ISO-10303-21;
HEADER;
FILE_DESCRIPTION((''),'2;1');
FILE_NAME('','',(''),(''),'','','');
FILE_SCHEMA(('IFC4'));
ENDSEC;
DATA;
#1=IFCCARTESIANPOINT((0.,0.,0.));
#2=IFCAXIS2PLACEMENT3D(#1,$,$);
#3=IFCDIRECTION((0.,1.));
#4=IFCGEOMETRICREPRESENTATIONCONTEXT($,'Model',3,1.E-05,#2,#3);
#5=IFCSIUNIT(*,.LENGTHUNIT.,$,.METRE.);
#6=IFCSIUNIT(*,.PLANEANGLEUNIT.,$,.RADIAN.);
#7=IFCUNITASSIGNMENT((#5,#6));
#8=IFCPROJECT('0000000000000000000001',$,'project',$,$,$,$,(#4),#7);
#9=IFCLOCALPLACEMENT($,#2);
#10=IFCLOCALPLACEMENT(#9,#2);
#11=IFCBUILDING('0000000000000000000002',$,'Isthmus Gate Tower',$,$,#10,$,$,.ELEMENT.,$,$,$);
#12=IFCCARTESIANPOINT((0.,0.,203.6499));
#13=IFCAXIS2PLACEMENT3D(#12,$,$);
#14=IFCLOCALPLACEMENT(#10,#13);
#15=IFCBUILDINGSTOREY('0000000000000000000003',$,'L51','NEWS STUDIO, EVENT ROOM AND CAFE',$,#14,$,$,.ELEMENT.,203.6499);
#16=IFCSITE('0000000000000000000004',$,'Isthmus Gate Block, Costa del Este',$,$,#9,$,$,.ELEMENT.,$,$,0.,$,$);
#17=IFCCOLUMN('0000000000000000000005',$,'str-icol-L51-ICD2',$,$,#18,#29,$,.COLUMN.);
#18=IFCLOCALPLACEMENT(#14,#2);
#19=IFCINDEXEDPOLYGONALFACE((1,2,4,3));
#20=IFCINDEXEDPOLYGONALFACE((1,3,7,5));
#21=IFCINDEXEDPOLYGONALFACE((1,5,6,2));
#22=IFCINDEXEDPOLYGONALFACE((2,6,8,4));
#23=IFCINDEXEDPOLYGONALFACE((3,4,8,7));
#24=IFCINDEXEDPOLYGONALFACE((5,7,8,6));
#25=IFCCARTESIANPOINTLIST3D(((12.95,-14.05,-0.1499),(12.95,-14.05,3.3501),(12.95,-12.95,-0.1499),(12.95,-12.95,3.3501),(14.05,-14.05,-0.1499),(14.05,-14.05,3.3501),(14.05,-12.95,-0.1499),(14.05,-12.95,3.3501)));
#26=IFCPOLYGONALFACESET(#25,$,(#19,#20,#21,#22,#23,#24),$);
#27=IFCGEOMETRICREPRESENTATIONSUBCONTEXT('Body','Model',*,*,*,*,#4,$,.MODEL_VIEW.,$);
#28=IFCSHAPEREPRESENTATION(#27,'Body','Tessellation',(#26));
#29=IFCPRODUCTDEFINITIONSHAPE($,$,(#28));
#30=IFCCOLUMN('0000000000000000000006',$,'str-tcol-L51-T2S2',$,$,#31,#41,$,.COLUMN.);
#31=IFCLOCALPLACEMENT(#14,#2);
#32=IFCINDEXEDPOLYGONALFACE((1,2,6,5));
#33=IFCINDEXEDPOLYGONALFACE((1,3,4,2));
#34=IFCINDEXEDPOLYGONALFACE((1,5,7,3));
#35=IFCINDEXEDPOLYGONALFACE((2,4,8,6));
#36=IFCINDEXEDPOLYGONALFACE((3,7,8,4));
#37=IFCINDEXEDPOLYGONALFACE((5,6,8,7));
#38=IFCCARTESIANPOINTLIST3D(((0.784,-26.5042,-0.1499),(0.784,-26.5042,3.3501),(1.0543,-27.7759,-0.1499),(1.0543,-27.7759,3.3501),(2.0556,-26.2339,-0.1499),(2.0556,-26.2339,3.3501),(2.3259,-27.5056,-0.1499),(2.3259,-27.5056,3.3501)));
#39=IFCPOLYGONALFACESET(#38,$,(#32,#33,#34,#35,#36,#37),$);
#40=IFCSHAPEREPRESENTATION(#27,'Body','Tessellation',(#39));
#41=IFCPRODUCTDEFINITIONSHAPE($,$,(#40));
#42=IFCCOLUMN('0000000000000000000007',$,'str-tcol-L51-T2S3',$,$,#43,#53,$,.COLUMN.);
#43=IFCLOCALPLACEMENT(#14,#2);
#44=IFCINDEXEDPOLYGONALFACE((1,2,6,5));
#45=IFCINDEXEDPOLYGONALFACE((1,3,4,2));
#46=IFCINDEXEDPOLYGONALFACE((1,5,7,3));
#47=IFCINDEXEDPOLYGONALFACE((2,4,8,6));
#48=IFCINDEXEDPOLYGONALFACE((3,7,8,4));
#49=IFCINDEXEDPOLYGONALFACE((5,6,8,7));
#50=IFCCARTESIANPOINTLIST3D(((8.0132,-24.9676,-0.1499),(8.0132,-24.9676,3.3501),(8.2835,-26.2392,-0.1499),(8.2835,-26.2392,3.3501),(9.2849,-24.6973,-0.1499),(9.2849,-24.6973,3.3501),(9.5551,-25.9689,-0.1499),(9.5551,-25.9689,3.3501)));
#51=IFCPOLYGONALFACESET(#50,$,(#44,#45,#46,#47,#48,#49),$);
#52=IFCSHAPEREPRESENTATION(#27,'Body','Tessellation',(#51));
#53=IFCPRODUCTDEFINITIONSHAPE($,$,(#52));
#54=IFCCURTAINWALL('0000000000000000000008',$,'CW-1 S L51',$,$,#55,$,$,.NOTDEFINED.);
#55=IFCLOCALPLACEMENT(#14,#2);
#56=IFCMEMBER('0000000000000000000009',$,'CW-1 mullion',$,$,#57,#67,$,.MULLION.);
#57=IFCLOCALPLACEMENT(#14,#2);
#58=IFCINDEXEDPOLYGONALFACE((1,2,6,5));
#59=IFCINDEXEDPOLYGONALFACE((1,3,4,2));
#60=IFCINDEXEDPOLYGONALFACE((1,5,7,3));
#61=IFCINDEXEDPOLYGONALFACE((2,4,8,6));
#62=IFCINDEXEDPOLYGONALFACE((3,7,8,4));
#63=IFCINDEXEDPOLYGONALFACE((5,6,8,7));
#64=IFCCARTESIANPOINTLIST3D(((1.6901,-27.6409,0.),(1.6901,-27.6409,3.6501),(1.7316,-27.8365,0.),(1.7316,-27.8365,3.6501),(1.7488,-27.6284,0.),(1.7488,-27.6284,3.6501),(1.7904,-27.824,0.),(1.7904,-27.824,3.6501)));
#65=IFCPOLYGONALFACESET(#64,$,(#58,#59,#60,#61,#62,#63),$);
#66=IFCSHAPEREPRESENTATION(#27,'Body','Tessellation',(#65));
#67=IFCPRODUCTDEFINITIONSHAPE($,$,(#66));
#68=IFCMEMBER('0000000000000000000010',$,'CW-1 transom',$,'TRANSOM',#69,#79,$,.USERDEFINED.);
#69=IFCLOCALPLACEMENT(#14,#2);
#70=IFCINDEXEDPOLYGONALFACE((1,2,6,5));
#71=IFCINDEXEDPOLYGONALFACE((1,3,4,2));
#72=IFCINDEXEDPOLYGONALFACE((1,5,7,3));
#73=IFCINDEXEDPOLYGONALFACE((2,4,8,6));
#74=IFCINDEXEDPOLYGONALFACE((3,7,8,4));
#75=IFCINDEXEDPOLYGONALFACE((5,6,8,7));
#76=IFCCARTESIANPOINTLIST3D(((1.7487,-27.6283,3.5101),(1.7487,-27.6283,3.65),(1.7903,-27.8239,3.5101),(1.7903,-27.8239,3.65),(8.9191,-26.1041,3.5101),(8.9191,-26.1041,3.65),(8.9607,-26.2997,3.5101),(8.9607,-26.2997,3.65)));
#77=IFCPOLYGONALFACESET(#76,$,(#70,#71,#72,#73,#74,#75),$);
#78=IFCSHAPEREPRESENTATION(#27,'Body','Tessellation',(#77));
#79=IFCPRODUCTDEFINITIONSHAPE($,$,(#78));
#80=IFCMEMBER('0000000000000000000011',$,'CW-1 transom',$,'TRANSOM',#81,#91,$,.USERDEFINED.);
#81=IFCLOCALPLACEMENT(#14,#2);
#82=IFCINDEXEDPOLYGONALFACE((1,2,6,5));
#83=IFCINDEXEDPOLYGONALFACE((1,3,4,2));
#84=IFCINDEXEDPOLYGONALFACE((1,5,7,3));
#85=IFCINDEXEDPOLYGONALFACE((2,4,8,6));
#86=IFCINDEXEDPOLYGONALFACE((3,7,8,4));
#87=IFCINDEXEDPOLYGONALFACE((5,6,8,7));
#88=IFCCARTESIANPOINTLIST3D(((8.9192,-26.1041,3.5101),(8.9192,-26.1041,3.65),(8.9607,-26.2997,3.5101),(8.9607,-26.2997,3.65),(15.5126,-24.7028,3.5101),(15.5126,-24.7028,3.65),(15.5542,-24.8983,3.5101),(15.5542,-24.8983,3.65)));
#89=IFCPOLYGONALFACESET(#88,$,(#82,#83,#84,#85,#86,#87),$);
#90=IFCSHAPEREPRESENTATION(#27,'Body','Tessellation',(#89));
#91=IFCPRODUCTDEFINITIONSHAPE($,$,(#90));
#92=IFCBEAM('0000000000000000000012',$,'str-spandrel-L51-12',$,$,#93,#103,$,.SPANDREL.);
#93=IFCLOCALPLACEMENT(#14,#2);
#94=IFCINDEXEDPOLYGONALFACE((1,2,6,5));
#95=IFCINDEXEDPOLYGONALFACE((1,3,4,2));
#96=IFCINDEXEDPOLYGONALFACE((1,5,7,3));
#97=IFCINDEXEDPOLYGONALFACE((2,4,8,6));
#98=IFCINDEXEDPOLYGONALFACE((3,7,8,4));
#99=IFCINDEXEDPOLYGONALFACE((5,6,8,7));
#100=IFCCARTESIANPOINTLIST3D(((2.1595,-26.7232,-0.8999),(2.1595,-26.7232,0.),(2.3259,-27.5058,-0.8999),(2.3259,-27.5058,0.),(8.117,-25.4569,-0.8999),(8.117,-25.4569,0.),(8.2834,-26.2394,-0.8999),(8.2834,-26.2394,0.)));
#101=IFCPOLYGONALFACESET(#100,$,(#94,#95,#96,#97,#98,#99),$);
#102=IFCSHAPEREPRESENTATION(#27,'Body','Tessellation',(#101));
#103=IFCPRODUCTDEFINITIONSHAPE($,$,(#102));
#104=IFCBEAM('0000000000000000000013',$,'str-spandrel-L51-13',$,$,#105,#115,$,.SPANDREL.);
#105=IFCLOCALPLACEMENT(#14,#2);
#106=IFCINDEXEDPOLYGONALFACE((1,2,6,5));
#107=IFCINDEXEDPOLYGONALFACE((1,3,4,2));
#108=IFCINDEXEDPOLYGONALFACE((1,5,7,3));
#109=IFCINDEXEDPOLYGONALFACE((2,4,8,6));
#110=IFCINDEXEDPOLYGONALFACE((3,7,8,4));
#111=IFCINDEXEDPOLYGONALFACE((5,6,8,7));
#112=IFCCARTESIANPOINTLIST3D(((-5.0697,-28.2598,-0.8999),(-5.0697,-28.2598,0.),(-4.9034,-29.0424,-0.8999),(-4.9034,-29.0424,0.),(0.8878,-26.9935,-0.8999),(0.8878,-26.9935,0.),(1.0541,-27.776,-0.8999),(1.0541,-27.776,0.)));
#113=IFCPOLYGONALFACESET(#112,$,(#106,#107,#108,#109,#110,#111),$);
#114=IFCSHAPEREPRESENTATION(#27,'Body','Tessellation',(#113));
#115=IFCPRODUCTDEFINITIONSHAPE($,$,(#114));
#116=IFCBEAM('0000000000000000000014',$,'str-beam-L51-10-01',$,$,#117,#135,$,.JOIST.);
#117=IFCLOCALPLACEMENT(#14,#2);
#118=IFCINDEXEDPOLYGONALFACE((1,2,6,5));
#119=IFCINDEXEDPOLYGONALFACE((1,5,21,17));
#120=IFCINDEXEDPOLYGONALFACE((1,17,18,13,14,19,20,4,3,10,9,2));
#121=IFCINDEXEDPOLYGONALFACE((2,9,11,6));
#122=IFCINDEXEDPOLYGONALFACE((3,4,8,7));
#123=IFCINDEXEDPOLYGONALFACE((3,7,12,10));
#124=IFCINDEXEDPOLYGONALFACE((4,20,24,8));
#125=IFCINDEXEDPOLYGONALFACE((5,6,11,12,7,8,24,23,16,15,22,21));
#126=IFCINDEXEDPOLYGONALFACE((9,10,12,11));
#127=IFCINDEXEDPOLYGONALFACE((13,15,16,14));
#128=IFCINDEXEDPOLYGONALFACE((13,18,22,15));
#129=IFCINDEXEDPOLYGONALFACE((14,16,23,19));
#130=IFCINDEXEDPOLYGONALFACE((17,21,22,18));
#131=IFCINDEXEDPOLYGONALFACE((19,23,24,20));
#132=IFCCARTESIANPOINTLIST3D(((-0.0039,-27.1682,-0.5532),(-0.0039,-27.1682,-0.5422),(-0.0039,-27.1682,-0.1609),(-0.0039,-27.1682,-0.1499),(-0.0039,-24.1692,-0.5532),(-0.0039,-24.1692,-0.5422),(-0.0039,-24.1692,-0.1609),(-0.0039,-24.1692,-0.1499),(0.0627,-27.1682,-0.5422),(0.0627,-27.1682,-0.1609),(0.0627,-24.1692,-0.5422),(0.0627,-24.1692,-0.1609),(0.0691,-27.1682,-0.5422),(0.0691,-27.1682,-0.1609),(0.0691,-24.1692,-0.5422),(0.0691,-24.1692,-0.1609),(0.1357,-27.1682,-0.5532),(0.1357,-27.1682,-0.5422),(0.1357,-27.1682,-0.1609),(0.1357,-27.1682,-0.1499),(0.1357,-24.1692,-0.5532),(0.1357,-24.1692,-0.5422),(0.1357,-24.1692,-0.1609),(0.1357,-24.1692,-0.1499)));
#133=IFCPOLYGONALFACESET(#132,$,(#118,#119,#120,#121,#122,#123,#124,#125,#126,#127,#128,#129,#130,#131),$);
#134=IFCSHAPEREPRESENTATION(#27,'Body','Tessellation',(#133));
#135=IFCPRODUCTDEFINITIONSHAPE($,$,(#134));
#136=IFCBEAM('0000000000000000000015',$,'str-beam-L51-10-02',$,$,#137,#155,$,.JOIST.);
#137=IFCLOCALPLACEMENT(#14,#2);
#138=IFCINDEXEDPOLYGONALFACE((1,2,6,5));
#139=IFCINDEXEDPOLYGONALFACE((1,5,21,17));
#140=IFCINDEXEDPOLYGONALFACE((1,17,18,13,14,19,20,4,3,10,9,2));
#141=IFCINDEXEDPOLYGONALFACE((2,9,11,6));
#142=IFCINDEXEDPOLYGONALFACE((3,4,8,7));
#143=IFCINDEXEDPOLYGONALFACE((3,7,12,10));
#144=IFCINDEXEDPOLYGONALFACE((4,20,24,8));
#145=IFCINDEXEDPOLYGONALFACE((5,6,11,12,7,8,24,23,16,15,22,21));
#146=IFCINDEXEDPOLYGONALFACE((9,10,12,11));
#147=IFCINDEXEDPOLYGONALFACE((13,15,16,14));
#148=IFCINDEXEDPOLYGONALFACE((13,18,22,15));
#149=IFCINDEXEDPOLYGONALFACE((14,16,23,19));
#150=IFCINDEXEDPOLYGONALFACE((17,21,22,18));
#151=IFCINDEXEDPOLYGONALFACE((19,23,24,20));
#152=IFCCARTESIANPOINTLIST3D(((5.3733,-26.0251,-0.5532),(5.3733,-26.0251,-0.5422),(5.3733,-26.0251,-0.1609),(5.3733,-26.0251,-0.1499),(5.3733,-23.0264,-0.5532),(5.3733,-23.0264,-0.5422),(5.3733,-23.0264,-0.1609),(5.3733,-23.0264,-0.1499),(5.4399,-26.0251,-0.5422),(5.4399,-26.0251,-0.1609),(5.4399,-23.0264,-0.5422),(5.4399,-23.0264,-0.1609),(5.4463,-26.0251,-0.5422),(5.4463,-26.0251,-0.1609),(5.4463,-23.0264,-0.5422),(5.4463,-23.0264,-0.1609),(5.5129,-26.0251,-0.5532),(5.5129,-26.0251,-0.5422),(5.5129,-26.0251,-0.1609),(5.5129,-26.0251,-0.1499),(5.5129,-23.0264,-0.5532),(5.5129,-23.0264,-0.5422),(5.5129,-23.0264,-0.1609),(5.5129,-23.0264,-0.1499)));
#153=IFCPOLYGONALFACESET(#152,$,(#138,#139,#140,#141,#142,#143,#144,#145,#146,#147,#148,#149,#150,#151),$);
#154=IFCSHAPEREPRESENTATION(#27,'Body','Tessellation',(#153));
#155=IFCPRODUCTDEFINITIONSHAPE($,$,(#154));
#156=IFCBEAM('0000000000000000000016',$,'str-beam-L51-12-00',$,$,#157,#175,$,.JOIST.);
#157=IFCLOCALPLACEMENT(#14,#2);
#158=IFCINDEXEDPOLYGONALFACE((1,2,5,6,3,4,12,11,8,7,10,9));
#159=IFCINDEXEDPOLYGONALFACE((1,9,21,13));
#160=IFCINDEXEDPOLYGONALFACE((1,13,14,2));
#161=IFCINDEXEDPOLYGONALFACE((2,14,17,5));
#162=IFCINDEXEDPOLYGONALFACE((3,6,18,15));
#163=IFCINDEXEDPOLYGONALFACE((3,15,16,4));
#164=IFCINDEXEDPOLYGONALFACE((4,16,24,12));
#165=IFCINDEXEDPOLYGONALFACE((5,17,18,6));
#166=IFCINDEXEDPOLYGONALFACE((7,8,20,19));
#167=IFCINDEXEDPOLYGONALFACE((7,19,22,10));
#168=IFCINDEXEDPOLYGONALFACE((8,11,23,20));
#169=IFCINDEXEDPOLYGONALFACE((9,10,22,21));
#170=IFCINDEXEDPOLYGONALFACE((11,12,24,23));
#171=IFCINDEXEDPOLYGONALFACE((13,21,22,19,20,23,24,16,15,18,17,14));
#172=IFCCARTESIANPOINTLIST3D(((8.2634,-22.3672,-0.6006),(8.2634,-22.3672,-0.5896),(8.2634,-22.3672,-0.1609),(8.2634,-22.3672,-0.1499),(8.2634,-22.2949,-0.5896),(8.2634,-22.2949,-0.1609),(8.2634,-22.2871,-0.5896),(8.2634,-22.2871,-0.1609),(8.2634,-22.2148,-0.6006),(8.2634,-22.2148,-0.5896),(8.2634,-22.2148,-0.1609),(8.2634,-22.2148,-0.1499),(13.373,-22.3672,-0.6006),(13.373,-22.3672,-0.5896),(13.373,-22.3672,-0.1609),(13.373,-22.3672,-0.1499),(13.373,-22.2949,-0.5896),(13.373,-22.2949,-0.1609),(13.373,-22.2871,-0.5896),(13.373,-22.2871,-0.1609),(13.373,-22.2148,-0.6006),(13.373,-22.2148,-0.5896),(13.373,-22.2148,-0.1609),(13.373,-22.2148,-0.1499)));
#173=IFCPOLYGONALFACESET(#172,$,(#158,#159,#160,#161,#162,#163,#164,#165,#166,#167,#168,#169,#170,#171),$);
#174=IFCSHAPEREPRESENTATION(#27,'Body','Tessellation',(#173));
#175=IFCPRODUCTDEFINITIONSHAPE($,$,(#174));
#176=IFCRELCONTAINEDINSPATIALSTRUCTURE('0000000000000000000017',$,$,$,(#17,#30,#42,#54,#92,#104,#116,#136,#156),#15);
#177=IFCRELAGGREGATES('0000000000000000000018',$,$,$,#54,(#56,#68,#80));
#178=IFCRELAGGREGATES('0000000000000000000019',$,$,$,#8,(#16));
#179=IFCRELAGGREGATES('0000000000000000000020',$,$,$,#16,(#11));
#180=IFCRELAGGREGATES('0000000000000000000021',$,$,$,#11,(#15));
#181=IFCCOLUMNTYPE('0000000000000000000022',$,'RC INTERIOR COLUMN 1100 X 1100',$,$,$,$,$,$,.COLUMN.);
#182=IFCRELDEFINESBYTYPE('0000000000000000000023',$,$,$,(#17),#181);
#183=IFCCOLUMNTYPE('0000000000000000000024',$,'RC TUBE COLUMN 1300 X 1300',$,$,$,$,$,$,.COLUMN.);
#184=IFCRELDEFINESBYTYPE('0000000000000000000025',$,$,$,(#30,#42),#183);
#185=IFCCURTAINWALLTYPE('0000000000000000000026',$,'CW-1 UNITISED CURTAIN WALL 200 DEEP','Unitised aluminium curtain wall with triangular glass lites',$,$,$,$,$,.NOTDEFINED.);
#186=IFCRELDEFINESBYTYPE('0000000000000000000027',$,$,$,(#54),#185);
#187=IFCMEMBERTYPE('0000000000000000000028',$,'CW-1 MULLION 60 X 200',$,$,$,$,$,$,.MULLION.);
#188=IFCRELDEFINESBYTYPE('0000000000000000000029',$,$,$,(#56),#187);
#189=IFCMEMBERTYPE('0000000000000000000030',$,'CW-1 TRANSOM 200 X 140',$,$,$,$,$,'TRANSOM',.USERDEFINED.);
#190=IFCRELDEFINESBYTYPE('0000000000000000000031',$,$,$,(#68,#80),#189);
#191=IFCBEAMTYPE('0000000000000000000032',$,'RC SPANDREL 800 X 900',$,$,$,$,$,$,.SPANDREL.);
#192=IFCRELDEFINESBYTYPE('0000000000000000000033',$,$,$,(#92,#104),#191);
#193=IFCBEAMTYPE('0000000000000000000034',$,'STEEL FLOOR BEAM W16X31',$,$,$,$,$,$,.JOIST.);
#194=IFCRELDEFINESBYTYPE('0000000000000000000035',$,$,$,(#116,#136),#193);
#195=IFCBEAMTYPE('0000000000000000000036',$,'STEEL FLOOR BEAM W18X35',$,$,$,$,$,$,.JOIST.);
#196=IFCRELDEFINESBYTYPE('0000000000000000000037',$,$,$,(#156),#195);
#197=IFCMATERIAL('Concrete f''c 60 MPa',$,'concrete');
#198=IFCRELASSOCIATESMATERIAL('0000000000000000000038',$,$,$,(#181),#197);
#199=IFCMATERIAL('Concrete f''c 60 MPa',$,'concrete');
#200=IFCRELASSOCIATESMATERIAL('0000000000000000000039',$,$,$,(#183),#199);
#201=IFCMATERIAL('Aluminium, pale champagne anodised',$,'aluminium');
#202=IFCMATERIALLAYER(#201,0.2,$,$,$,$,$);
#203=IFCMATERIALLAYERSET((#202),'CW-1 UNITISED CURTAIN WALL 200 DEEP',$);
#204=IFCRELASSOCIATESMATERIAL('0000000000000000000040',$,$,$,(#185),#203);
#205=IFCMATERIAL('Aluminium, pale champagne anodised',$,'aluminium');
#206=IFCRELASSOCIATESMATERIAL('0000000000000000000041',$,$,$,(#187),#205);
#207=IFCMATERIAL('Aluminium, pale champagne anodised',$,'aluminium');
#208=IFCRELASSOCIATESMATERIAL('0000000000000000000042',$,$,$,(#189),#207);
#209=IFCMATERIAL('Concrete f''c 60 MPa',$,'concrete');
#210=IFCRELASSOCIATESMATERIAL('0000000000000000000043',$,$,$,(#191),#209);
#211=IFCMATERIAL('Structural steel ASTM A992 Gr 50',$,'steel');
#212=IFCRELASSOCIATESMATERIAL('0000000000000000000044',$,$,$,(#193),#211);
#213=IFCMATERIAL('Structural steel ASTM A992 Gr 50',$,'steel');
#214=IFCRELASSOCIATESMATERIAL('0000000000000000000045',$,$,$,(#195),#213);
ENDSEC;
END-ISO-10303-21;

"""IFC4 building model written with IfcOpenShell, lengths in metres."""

from ifc_helpers import new_model, si_unit, direction, frame, origin, origin_2d, place, context, subcontext, project, spatial, rectangle, i_section, extrude, material, layer, layer_set, material_profile, profile_set, type_object, element, aggregate, save


model = new_model("IFC4")

# Units and contexts
model_context = context("Model", 3, precision=1e-05, world=origin(), true_north=direction((0.0, 1.0)))
body_context = subcontext(model_context, "Body", "Model", "MODEL_VIEW")
ifc_project = project(units=[si_unit("LENGTHUNIT", "METRE"), si_unit("PLANEANGLEUNIT", "RADIAN")], contexts=[model_context])

# Site, building, storey
site_placement = place(None, origin())
site = spatial("IfcSite", under=ifc_project, at=site_placement, Name="Isthmus Gate Block, Costa del Este", CompositionType="ELEMENT", RefElevation=0.0)
building_placement = place(site_placement, origin())
building = spatial("IfcBuilding", under=site, at=building_placement, Name="Isthmus Gate Tower", CompositionType="ELEMENT")
storey_placement = place(building_placement, frame((0.0, 0.0, 203.6499)))
storey = spatial("IfcBuildingStorey", under=building, at=storey_placement, Name="L51", Description="NEWS STUDIO, EVENT ROOM AND CAFE", CompositionType="ELEMENT", Elevation=203.6499)

# Columns
ifc_material_1 = material(Name="Concrete f'c 60 MPa", Category="concrete")
ifc_material_profile_1 = material_profile(ifc_material_1, rectangle(XDim=1.1001, YDim=1.1001, at=origin_2d()), Name="RC 1100X1100")
ifc_profile_set_1 = profile_set([ifc_material_profile_1], Name="Concrete f'c 60 MPa")
column_type_1 = type_object("IfcColumnType", Name="RC INTERIOR COLUMN 1100 X 1100", PredefinedType="COLUMN", material=ifc_profile_set_1)
column_placement = place(storey_placement, frame((13.5, -13.5, -0.1499), z_axis=(0.0, 0.0, 1.0), x_axis=(1.0, 0.0, 0.0)))
element("IfcColumn", 1, at=column_placement, inside=storey, type_object=column_type_1, Name="str-icol-L51-ICD2", PredefinedType="COLUMN", context=body_context, shape_type="SweptSolid", body=[
    extrude(rectangle(XDim=1.1001, YDim=1.1001, at=origin_2d()), origin(), (0.0, 0.0, 1.0), 3.5),
])
ifc_material_2 = material(Name="Concrete f'c 60 MPa", Category="concrete")
ifc_material_profile_2 = material_profile(ifc_material_2, rectangle(XDim=1.3, YDim=1.3, at=origin_2d()), Name="RC 1300X1300")
ifc_profile_set_2 = profile_set([ifc_material_profile_2], Name="Concrete f'c 60 MPa")
column_type_2 = type_object("IfcColumnType", Name="RC TUBE COLUMN 1300 X 1300", PredefinedType="COLUMN", material=ifc_profile_set_2)
for number, where, z_axis, x_axis, name in (
    (2, (1.5549, -27.0049, -0.1499), (0.0, 0.0, 1.0), (0.978148, 0.207912, 0.0), "str-tcol-L51-T2S2"),
    (3, (8.7842, -25.4683, -0.1499), (0.0, 0.0, 1.0), (0.978148, 0.207912, 0.0), "str-tcol-L51-T2S3"),
):
    element("IfcColumn", number, at=place(storey_placement, frame(where, z_axis=z_axis, x_axis=x_axis)), inside=storey, type_object=column_type_2, Name=name, PredefinedType="COLUMN", context=body_context, shape_type="SweptSolid", body=[
        extrude(rectangle(XDim=1.3, YDim=1.3, at=origin_2d()), origin(), (0.0, 0.0, 1.0), 3.5),
    ])

# Curtain wall, members
ifc_material_3 = material(Name="Aluminium, pale champagne anodised", Category="aluminium")
ifc_layer_1 = layer(ifc_material_3, 0.2)
ifc_layer_set_1 = layer_set([ifc_layer_1], Name="CW-1 UNITISED CURTAIN WALL 200 DEEP")
curtain_wall_type = type_object("IfcCurtainWallType", Name="CW-1 UNITISED CURTAIN WALL 200 DEEP", Description="Unitised aluminium curtain wall with triangular glass lites", PredefinedType="NOTDEFINED", material=ifc_layer_set_1)
curtain_wall_placement = place(storey_placement, origin())
curtain_wall = element("IfcCurtainWall", 4, at=curtain_wall_placement, inside=storey, type_object=curtain_wall_type, Name="CW-1 S L51", PredefinedType="NOTDEFINED")
ifc_material_4 = material(Name="Aluminium, pale champagne anodised", Category="aluminium")
ifc_material_profile_3 = material_profile(ifc_material_4, rectangle(XDim=0.0601, YDim=0.2, at=origin_2d()), Name="60x200")
ifc_profile_set_3 = profile_set([ifc_material_profile_3], Name="Aluminium, pale champagne anodised")
member_type_1 = type_object("IfcMemberType", Name="CW-1 MULLION 60 X 200", PredefinedType="MULLION", material=ifc_profile_set_3)
member_1_placement = place(storey_placement, frame((1.7402, -27.7324, 0.0), z_axis=(0.0, 0.0, 1.0), x_axis=(0.978148, 0.207912, 0.0)))
member_1 = element("IfcMember", 5, at=member_1_placement, type_object=member_type_1, Name="CW-1 mullion", PredefinedType="MULLION", context=body_context, shape_type="SweptSolid", body=[
    extrude(rectangle(XDim=0.0601, YDim=0.2, at=origin_2d()), origin(), (0.0, 0.0, 1.0), 3.6501),
])
ifc_material_5 = material(Name="Aluminium, pale champagne anodised", Category="aluminium")
ifc_material_profile_4 = material_profile(ifc_material_5, rectangle(XDim=0.2, YDim=0.1399, at=origin_2d()), Name="200x140")
ifc_profile_set_4 = profile_set([ifc_material_profile_4], Name="Aluminium, pale champagne anodised")
member_type_2 = type_object("IfcMemberType", Name="CW-1 TRANSOM 200 X 140", ElementType="TRANSOM", PredefinedType="USERDEFINED", material=ifc_profile_set_4)
member_2_placement = place(storey_placement, frame((1.7695, -27.7261, 3.5801), z_axis=(0.978146, 0.207919, 0.0), x_axis=(-0.207919, 0.978146, 0.0)))
member_2 = element("IfcMember", 6, at=member_2_placement, type_object=member_type_2, Name="CW-1 transom", ObjectType="TRANSOM", PredefinedType="USERDEFINED", context=body_context, shape_type="SweptSolid", body=[
    extrude(rectangle(XDim=0.2, YDim=0.1399, at=origin_2d()), origin(), (0.0, 0.0, 1.0), 7.3306),
])
member_3_placement = place(storey_placement, frame((8.9399, -26.2019, 3.5801), z_axis=(0.978151, 0.207894, 0.0), x_axis=(-0.207894, 0.978151, 0.0)))
member_3 = element("IfcMember", 7, at=member_3_placement, type_object=member_type_2, Name="CW-1 transom", ObjectType="TRANSOM", PredefinedType="USERDEFINED", context=body_context, shape_type="SweptSolid", body=[
    extrude(rectangle(XDim=0.2, YDim=0.1399, at=origin_2d()), origin(), (0.0, 0.0, 1.0), 6.7407),
])

# Beams
ifc_material_6 = material(Name="Concrete f'c 60 MPa", Category="concrete")
ifc_material_profile_5 = material_profile(ifc_material_6, rectangle(XDim=0.8, YDim=0.8999, at=origin_2d()), Name="RC 800X900")
ifc_profile_set_5 = profile_set([ifc_material_profile_5], Name="Concrete f'c 60 MPa")
beam_type_1 = type_object("IfcBeamType", Name="RC SPANDREL 800 X 900", PredefinedType="SPANDREL", material=ifc_profile_set_5)
for number, where, z_axis, x_axis, name in (
    (8, (8.2002, -25.8481, -0.45), (-0.978146, -0.207919, 0.0), (0.207919, -0.978146, 0.0), "str-spandrel-L51-12"),
    (9, (0.9709, -27.3848, -0.45), (-0.978146, -0.207919, 0.0), (0.207919, -0.978146, 0.0), "str-spandrel-L51-13"),
):
    element("IfcBeam", number, at=place(storey_placement, frame(where, z_axis=z_axis, x_axis=x_axis)), inside=storey, type_object=beam_type_1, Name=name, PredefinedType="SPANDREL", context=body_context, shape_type="SweptSolid", body=[
        extrude(rectangle(XDim=0.8, YDim=0.8999, at=origin_2d()), origin(), (0.0, 0.0, 1.0), 6.0906),
    ])
ifc_material_7 = material(Name="Structural steel ASTM A992 Gr 50", Category="steel")
ifc_material_profile_6 = material_profile(ifc_material_7, i_section(OverallWidth=0.1396, OverallDepth=0.4033, WebThickness=0.0063, FlangeThickness=0.011, at=origin_2d()), Name="W16X31")
ifc_profile_set_6 = profile_set([ifc_material_profile_6], Name="Structural steel ASTM A992 Gr 50")
beam_type_2 = type_object("IfcBeamType", Name="STEEL FLOOR BEAM W16X31", PredefinedType="JOIST", material=ifc_profile_set_6)
beam_1_placement = place(storey_placement, frame((0.0659, -27.1682, -0.3516), z_axis=(0.0, 1.0, 0.0), x_axis=(-1.0, 0.0, 0.0)))
element("IfcBeam", 10, at=beam_1_placement, inside=storey, type_object=beam_type_2, Name="str-beam-L51-10-01", PredefinedType="JOIST", context=body_context, shape_type="SweptSolid", body=[
    extrude(i_section(OverallWidth=0.1396, OverallDepth=0.4033, WebThickness=0.0063, FlangeThickness=0.011, at=origin_2d()), origin(), (0.0, 0.0, 1.0), 2.999),
])
beam_2_placement = place(storey_placement, frame((5.4431, -26.0251, -0.3516), z_axis=(0.0, 1.0, 0.0), x_axis=(-1.0, 0.0, 0.0)))
element("IfcBeam", 11, at=beam_2_placement, inside=storey, type_object=beam_type_2, Name="str-beam-L51-10-02", PredefinedType="JOIST", context=body_context, shape_type="SweptSolid", body=[
    extrude(i_section(OverallWidth=0.1396, OverallDepth=0.4033, WebThickness=0.0063, FlangeThickness=0.011, at=origin_2d()), origin(), (0.0, 0.0, 1.0), 2.9988),
])
ifc_material_8 = material(Name="Structural steel ASTM A992 Gr 50", Category="steel")
ifc_material_profile_7 = material_profile(ifc_material_8, i_section(OverallWidth=0.1523, OverallDepth=0.4507, WebThickness=0.0078, FlangeThickness=0.011, at=origin_2d()), Name="W18X35")
ifc_profile_set_7 = profile_set([ifc_material_profile_7], Name="Structural steel ASTM A992 Gr 50")
beam_type_3 = type_object("IfcBeamType", Name="STEEL FLOOR BEAM W18X35", PredefinedType="JOIST", material=ifc_profile_set_7)
for number, where, z_axis, x_axis, name in (
    (12, (8.2634, -22.291, -0.3752), (1.0, 0.0, 0.0), (0.0, 1.0, 0.0), "str-beam-L51-12-00"),
):
    element("IfcBeam", number, at=place(storey_placement, frame(where, z_axis=z_axis, x_axis=x_axis)), inside=storey, type_object=beam_type_3, Name=name, PredefinedType="JOIST", context=body_context, shape_type="SweptSolid", body=[
        extrude(i_section(OverallWidth=0.1523, OverallDepth=0.4507, WebThickness=0.0078, FlangeThickness=0.011, at=origin_2d()), origin(), (0.0, 0.0, 1.0), 5.1096),
    ])

aggregate(curtain_wall, [member_1, member_2, member_3])

save(model, "model.ifc")
